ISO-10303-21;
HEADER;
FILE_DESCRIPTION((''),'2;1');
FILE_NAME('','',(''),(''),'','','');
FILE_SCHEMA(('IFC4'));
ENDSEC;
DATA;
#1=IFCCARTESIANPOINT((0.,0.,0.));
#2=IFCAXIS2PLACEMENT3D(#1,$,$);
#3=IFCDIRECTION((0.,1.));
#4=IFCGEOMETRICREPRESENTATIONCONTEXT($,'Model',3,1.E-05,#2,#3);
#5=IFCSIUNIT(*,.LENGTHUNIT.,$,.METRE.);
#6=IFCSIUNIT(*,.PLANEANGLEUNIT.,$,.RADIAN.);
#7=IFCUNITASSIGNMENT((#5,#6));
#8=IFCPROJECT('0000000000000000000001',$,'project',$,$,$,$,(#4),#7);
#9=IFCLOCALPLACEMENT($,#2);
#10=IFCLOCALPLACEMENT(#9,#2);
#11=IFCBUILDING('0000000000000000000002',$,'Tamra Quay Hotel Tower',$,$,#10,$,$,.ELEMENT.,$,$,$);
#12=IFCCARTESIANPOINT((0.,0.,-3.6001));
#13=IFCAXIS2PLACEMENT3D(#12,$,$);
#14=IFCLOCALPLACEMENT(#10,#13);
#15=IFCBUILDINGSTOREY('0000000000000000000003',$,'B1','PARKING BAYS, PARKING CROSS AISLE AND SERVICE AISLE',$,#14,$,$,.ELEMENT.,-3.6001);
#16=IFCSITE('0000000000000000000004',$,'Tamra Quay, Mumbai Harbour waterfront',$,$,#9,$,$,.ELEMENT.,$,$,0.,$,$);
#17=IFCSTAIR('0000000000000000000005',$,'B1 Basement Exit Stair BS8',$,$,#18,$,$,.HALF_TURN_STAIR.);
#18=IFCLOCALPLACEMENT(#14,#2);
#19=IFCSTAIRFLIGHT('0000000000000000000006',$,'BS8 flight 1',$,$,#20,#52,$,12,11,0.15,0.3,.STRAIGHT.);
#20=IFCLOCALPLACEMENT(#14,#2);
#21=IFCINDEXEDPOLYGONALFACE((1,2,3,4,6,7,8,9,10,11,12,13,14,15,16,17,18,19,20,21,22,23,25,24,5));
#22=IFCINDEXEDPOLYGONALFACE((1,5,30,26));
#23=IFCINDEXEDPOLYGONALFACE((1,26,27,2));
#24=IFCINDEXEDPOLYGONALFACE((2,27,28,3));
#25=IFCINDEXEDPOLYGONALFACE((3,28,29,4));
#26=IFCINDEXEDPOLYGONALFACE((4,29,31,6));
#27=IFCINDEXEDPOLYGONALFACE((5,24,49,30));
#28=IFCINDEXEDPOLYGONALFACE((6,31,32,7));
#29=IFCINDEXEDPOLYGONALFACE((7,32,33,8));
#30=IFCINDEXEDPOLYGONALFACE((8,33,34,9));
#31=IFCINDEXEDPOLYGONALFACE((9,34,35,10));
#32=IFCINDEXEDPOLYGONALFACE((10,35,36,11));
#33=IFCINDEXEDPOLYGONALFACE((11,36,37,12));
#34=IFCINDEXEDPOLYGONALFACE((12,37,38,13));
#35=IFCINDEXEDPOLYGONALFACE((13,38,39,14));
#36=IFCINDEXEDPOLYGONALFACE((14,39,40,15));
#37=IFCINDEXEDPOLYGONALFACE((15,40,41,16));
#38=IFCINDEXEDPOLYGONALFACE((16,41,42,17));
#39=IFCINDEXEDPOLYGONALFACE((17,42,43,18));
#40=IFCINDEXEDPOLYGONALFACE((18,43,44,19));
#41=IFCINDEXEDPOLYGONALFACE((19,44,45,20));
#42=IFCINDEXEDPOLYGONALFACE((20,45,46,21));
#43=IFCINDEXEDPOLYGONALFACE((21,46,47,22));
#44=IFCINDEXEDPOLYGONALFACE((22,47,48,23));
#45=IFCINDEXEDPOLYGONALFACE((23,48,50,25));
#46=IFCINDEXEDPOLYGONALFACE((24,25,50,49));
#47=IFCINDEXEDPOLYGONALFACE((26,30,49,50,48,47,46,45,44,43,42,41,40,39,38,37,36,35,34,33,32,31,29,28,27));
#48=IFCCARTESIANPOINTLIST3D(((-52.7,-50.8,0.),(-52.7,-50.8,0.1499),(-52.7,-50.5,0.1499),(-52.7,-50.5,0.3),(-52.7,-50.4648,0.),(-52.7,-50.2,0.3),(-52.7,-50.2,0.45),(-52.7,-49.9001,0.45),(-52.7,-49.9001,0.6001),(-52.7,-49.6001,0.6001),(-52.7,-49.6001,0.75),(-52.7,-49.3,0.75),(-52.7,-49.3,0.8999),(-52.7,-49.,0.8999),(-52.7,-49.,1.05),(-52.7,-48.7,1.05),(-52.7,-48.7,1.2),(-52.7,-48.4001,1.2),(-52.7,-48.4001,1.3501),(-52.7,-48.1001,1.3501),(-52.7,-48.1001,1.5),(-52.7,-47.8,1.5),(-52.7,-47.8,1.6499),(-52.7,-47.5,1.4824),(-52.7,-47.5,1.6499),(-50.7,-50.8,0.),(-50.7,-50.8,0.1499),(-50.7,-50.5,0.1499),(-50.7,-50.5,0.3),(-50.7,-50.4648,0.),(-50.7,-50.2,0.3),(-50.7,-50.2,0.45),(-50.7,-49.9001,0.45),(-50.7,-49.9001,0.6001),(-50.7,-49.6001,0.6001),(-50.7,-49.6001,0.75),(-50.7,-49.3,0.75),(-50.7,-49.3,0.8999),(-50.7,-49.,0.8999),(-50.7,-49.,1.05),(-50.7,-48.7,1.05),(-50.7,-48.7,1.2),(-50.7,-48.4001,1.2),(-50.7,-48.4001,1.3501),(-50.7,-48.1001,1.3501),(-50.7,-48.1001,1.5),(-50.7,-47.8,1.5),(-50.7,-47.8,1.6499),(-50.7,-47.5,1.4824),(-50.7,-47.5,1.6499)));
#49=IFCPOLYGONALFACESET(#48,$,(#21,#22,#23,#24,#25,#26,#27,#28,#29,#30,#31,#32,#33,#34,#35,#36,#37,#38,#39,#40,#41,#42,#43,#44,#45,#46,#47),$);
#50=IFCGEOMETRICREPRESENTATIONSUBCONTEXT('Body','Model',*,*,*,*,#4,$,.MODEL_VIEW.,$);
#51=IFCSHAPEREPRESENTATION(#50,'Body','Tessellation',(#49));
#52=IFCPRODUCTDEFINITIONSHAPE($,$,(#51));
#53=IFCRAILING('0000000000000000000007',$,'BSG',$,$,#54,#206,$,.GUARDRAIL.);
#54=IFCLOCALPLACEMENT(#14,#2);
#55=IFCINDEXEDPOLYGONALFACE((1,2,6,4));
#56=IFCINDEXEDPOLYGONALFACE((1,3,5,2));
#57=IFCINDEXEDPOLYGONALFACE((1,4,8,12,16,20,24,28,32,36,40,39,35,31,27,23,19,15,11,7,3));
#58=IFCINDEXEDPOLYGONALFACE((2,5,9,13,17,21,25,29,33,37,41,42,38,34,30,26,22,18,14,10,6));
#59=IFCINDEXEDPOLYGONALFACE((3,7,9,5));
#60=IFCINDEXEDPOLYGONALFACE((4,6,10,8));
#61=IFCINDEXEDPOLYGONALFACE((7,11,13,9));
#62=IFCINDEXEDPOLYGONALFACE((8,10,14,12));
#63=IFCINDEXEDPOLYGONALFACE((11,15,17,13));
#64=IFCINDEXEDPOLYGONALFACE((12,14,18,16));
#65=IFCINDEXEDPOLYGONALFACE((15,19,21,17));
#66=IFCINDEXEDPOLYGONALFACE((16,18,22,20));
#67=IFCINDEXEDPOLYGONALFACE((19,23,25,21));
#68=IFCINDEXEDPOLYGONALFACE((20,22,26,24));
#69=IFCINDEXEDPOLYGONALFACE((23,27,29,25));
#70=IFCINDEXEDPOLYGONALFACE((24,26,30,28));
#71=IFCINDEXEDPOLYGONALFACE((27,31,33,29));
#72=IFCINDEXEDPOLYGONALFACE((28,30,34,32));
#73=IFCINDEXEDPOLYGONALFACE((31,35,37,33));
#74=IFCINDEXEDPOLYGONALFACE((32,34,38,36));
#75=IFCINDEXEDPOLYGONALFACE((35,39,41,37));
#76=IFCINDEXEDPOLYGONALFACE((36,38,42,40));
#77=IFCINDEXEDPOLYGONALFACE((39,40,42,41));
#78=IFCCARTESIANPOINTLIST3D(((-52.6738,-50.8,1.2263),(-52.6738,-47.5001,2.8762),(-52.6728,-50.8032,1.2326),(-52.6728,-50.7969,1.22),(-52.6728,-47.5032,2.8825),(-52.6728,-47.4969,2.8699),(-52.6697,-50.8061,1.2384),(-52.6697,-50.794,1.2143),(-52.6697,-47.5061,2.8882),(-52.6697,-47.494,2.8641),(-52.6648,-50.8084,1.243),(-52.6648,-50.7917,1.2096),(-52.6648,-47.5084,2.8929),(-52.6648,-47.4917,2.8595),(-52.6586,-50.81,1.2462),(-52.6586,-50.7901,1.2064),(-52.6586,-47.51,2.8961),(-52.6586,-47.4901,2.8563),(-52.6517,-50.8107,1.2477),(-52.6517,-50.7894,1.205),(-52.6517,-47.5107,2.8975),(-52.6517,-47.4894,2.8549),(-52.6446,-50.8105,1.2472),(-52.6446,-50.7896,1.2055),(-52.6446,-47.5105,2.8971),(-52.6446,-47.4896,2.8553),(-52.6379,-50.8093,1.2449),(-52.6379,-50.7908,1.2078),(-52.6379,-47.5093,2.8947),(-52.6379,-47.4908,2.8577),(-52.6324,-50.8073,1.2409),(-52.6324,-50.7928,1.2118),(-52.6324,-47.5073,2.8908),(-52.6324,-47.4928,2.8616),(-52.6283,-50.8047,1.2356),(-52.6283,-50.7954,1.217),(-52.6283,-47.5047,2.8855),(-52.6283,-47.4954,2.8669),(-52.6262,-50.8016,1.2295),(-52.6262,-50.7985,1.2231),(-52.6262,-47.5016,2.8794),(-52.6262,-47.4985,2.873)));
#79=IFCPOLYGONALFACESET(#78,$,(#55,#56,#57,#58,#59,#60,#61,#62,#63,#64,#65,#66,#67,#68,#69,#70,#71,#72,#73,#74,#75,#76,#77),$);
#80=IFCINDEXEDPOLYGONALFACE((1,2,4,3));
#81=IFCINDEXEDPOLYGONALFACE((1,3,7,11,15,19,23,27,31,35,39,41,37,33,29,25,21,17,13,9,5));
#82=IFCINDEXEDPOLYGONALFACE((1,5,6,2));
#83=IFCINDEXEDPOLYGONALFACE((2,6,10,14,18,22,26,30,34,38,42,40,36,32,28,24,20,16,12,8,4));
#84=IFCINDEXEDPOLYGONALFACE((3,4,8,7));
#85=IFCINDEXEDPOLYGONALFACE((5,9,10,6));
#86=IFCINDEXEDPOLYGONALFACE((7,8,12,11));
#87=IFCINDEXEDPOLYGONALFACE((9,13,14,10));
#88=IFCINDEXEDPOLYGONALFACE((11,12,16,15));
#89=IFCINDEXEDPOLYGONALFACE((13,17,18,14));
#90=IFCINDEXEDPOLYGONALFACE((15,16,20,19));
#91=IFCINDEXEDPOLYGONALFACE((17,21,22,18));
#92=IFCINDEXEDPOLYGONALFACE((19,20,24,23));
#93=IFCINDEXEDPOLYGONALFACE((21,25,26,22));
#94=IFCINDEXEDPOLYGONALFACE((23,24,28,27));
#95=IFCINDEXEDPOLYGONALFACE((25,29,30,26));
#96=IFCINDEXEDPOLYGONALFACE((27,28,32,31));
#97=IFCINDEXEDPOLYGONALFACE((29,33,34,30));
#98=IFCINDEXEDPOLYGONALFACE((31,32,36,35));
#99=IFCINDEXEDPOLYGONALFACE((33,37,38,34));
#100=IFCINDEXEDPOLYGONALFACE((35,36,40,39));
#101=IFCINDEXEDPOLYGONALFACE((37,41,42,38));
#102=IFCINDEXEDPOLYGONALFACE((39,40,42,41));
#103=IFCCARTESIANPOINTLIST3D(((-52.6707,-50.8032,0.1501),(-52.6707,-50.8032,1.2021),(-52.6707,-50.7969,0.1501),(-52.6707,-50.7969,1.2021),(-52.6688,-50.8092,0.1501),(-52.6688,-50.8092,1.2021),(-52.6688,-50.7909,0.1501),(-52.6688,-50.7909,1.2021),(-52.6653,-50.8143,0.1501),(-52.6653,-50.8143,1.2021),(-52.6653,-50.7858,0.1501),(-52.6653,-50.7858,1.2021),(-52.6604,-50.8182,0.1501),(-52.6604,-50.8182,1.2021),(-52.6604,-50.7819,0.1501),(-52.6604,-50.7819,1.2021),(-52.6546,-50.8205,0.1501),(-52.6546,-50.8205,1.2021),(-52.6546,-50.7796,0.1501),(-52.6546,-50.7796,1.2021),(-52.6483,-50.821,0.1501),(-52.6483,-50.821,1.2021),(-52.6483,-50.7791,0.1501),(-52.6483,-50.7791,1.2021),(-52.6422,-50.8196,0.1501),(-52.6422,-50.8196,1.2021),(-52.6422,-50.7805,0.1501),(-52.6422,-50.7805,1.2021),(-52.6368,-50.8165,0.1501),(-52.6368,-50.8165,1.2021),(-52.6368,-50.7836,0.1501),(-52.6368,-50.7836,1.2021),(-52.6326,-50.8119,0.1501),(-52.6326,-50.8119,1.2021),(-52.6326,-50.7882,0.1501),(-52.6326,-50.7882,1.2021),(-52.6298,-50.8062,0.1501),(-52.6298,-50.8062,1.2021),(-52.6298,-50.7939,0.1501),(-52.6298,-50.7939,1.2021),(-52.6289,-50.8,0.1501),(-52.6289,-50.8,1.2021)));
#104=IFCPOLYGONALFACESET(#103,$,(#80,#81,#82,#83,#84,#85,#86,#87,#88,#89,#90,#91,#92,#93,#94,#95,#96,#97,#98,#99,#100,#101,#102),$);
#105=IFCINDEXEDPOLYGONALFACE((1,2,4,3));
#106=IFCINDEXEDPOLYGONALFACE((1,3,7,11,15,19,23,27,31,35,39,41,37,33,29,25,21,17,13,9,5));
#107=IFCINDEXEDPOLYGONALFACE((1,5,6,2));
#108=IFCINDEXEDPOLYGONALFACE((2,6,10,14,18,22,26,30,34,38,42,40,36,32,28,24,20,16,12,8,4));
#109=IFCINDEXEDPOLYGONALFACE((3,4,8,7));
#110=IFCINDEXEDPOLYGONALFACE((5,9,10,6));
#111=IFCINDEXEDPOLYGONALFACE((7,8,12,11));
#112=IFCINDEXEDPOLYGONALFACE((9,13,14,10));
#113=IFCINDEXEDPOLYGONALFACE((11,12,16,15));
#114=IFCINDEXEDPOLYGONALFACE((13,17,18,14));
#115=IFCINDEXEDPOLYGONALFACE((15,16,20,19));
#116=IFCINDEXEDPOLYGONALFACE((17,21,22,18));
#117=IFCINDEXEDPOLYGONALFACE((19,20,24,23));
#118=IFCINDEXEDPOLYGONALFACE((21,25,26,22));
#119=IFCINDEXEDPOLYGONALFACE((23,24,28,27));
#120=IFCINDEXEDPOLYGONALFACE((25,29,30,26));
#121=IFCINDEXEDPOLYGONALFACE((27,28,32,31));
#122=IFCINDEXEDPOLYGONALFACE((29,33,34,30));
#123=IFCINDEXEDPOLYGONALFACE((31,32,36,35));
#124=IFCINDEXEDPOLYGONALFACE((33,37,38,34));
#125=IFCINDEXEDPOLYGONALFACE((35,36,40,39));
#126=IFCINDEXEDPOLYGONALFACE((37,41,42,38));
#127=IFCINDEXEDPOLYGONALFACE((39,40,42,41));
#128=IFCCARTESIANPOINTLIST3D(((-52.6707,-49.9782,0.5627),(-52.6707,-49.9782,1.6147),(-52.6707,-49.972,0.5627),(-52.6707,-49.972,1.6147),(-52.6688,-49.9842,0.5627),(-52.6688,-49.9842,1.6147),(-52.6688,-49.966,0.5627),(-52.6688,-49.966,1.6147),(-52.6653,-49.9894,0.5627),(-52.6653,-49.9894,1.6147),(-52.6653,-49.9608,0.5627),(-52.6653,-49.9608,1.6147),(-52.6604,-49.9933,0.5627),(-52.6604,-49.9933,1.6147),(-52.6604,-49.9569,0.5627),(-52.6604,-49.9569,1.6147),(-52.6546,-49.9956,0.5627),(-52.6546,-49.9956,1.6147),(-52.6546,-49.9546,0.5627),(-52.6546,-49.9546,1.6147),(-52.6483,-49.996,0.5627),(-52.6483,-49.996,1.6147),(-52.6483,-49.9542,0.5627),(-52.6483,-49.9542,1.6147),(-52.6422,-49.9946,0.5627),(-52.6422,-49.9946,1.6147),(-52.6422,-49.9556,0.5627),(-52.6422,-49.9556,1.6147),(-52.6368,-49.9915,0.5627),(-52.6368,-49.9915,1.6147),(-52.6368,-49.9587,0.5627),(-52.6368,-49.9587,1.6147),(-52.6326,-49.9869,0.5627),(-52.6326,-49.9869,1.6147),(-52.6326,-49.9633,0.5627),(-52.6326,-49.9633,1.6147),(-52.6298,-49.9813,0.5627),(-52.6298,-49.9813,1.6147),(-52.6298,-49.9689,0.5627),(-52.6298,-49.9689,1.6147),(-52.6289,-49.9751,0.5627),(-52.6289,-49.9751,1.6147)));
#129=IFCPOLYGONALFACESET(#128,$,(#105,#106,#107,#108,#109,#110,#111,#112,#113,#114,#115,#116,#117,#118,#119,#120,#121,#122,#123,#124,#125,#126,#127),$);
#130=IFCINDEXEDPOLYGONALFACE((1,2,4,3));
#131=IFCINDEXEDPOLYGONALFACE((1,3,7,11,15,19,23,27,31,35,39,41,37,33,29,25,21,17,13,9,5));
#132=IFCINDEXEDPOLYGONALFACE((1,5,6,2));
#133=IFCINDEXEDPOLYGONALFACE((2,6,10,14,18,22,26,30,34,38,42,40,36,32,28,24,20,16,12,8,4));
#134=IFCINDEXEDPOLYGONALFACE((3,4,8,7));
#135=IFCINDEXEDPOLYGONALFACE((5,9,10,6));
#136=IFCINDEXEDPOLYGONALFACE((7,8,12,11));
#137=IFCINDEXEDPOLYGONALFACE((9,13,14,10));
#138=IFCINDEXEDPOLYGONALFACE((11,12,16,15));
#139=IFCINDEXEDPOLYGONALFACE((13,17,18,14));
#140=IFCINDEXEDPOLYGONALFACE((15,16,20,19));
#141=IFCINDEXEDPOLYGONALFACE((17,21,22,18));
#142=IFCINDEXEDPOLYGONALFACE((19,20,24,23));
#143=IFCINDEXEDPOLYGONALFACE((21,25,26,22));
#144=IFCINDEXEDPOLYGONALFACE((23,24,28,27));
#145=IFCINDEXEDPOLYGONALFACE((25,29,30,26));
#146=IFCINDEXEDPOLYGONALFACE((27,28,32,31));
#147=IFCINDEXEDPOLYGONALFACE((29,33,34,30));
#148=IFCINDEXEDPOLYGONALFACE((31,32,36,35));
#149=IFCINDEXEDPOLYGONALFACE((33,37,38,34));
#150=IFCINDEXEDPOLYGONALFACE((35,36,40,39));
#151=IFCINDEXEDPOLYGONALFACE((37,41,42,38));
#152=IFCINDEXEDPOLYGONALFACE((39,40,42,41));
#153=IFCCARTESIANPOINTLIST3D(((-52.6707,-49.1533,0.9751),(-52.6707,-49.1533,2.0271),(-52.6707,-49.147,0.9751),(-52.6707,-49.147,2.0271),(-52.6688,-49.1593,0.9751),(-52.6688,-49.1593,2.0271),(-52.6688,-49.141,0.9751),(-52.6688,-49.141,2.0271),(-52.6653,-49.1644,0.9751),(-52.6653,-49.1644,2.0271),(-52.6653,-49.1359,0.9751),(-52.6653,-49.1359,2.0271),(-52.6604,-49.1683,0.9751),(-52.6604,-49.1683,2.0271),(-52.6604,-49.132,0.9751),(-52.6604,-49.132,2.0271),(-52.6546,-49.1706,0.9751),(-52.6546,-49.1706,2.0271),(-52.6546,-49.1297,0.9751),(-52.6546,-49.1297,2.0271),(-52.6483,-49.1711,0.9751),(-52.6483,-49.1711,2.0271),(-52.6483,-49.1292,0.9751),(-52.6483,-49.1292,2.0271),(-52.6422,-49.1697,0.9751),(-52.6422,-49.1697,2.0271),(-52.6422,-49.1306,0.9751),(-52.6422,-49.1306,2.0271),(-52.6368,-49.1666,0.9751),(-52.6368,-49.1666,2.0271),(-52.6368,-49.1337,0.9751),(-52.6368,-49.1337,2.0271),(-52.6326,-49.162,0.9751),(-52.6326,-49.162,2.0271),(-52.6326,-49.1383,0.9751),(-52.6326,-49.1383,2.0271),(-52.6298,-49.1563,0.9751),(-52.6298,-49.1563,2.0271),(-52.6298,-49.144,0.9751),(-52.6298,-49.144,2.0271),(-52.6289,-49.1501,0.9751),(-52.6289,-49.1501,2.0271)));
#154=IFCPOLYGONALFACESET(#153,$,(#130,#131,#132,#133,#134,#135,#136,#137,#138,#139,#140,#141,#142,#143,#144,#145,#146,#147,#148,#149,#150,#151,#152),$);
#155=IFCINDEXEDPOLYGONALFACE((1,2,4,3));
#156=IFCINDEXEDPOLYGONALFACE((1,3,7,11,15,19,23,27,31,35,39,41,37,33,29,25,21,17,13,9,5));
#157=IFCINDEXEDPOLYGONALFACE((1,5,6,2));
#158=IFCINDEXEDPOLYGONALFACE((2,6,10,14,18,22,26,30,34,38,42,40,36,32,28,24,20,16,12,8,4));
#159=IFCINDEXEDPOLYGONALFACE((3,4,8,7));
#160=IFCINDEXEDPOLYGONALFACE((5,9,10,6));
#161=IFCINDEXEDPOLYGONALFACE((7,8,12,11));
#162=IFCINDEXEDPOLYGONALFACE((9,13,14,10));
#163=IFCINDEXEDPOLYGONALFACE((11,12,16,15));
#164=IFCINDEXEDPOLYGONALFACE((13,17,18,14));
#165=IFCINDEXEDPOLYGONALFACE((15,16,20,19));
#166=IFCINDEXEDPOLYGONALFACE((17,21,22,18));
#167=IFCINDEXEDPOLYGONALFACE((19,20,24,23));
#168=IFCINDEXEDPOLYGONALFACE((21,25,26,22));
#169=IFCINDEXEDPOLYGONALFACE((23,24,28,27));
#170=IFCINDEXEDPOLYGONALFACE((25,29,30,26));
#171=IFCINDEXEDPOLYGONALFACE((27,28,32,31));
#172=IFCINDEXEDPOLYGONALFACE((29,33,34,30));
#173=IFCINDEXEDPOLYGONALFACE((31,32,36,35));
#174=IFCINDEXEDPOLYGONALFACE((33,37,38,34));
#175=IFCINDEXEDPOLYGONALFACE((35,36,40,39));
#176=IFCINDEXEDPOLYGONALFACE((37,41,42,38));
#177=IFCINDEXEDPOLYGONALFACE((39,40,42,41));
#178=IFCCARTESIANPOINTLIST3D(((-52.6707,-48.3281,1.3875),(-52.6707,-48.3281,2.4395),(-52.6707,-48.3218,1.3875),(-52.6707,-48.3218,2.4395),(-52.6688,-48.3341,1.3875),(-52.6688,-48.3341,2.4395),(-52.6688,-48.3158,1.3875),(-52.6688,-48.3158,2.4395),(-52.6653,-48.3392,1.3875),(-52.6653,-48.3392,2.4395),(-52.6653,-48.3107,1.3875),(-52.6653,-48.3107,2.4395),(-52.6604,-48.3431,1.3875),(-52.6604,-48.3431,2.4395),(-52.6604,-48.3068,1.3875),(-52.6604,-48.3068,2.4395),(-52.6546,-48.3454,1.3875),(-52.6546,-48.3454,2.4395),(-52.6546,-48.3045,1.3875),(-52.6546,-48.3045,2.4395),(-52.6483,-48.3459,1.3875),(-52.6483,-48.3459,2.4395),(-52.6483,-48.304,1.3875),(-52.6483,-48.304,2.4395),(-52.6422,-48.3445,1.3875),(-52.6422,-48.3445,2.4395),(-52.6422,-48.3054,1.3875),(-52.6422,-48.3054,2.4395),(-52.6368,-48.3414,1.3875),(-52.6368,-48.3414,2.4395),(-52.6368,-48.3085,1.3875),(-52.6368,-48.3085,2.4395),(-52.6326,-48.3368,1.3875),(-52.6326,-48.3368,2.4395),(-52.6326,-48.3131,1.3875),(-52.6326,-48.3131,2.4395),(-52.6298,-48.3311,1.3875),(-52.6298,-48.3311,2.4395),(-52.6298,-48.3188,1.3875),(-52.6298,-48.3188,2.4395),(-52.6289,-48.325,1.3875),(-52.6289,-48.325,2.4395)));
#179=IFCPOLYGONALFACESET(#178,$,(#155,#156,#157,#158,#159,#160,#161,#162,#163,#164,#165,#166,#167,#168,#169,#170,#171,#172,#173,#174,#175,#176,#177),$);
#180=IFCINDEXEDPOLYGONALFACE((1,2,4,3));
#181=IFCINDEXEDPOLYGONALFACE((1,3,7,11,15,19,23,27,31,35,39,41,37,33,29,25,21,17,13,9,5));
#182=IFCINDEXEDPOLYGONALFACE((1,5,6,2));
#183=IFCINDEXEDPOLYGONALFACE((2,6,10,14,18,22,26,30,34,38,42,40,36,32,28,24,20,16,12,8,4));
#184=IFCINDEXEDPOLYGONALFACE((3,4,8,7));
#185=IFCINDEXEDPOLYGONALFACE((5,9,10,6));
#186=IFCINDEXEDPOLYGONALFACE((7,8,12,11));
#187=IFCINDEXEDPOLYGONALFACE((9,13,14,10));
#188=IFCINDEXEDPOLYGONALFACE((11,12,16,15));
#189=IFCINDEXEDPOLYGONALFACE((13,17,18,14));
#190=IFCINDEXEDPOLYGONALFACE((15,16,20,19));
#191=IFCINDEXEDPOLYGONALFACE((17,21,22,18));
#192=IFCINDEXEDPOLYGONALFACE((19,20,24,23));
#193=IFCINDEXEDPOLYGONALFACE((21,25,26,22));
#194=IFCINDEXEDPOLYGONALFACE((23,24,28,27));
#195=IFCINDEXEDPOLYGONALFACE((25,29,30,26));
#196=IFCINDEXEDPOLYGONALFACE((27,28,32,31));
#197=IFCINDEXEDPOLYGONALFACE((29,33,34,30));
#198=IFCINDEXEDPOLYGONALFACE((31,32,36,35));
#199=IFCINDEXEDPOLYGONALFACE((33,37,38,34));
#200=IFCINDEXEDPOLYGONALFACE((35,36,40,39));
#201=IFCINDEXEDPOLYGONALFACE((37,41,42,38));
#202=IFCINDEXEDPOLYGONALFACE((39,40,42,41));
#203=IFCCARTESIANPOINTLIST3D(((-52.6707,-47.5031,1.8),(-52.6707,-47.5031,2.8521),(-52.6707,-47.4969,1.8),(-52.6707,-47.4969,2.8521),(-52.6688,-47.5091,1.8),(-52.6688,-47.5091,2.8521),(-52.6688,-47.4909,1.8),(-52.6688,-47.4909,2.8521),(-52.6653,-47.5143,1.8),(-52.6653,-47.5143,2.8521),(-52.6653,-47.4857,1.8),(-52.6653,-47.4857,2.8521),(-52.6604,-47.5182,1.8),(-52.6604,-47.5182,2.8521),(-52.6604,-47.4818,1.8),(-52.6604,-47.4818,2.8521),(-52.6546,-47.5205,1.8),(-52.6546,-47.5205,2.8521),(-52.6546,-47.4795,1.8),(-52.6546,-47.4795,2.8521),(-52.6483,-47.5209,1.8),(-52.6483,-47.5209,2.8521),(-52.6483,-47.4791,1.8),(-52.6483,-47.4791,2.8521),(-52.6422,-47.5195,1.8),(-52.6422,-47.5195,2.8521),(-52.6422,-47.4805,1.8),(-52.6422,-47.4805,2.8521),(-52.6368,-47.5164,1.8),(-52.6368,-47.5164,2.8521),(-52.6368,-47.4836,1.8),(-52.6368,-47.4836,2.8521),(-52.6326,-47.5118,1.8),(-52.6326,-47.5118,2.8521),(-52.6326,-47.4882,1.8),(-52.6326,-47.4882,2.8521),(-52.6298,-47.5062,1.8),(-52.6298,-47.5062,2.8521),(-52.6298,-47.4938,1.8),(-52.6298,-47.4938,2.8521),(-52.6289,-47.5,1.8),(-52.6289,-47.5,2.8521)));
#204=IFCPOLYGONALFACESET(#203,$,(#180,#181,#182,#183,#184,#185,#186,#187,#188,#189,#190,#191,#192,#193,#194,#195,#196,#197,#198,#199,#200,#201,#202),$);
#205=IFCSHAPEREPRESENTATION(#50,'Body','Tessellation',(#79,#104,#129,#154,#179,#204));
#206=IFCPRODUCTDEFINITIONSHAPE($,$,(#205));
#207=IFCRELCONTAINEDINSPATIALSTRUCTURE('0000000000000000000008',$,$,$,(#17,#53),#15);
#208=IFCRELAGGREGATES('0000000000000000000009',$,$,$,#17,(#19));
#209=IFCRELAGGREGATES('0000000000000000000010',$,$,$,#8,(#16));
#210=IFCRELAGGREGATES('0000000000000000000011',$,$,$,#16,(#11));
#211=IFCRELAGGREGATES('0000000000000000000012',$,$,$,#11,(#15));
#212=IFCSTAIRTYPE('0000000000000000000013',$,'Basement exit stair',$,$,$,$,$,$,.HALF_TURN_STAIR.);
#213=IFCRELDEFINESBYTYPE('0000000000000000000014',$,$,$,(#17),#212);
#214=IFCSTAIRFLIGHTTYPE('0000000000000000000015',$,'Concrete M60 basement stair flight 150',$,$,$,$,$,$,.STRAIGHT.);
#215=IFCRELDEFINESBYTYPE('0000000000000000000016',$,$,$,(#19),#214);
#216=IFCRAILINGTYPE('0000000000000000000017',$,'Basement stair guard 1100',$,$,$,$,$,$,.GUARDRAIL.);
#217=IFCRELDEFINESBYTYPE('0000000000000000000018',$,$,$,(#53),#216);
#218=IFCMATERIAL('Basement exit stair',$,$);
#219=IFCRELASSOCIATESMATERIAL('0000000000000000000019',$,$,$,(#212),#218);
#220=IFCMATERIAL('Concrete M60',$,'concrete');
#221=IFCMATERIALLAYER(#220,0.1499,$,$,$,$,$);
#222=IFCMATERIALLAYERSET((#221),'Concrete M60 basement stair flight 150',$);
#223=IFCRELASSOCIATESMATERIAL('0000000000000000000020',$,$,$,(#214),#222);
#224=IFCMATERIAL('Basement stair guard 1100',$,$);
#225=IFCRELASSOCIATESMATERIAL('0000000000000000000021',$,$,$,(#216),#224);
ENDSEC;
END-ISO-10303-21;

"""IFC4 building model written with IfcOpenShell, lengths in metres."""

from ifc_helpers import new_model, si_unit, direction, frame, origin, origin_2d, place, context, subcontext, project, spatial, polyline, circle, outline, extrude, material, layer, layer_set, type_object, element, aggregate, save


model = new_model("IFC4")

# Units and contexts
model_context = context("Model", 3, precision=1e-05, world=origin(), true_north=direction((0.0, 1.0)))
body_context = subcontext(model_context, "Body", "Model", "MODEL_VIEW")
ifc_project = project(units=[si_unit("LENGTHUNIT", "METRE"), si_unit("PLANEANGLEUNIT", "RADIAN")], contexts=[model_context])

# Site, building, storey
site_placement = place(None, origin())
site = spatial("IfcSite", under=ifc_project, at=site_placement, Name="Tamra Quay, Mumbai Harbour waterfront", CompositionType="ELEMENT", RefElevation=0.0)
building_placement = place(site_placement, origin())
building = spatial("IfcBuilding", under=site, at=building_placement, Name="Tamra Quay Hotel Tower", CompositionType="ELEMENT")
storey_placement = place(building_placement, frame((0.0, 0.0, -3.6001)))
storey = spatial("IfcBuildingStorey", under=building, at=storey_placement, Name="B1", Description="PARKING BAYS, PARKING CROSS AISLE AND SERVICE AISLE", CompositionType="ELEMENT", Elevation=-3.6001)

# Stair, stair flight
ifc_material_1 = material(Name="Basement exit stair")
stair_type = type_object("IfcStairType", Name="Basement exit stair", PredefinedType="HALF_TURN_STAIR", material=ifc_material_1)
stair_placement = place(storey_placement, origin())
stair = element("IfcStair", 1, at=stair_placement, inside=storey, type_object=stair_type, Name="B1 Basement Exit Stair BS8", PredefinedType="HALF_TURN_STAIR")
ifc_material_2 = material(Name="Concrete M60", Category="concrete")
ifc_layer_1 = layer(ifc_material_2, 0.1499)
ifc_layer_set_1 = layer_set([ifc_layer_1], Name="Concrete M60 basement stair flight 150")
stair_flight_type = type_object("IfcStairFlightType", Name="Concrete M60 basement stair flight 150", PredefinedType="STRAIGHT", material=ifc_layer_set_1)
stair_flight_placement = place(storey_placement, frame((-51.7, -50.8, 0.0), z_axis=(0.0, 0.0, 1.0), x_axis=(0.0, 1.0, 0.0)))
stair_flight = element("IfcStairFlight", 2, at=stair_flight_placement, type_object=stair_flight_type, Name="BS8 flight 1", NumberOfRisers=12, NumberOfTreads=11, PredefinedType="STRAIGHT", RiserHeight=0.15, TreadLength=0.3, context=body_context, shape_type="SweptSolid", body=[
    extrude(outline(polyline([(0.0, 0.0), (0.0, 0.1499), (0.3, 0.1499), (0.3, 0.3), (0.6001, 0.3), (0.6001, 0.45), (0.8999, 0.45), (0.8999, 0.6001), (1.2, 0.6001), (1.2, 0.75), (1.5, 0.75), (1.5, 0.8999), (1.8, 0.8999), (1.8, 1.05), (2.1001, 1.05), (2.1001, 1.2), (2.3999, 1.2), (2.3999, 1.3501), (2.7, 1.3501), (2.7, 1.5), (3.0, 1.5), (3.0, 1.6499), (3.3, 1.6499), (3.3, 1.8), (3.3, 1.4824), (0.3352, 0.0), (0.0, 0.0)])), frame((0.0, 1.0, 0.0), z_axis=(0.0, -1.0, 0.0), x_axis=(1.0, 0.0, 0.0)), (0.0, 0.0, 1.0), 2.0),
])
aggregate(stair, [stair_flight])

# Railing
ifc_material_3 = material(Name="Basement stair guard 1100")
railing_type_1 = type_object("IfcRailingType", Name="Basement stair guard 1100", PredefinedType="GUARDRAIL", material=ifc_material_3)
railing_1_placement = place(storey_placement, frame((-52.6499, -50.8, 0.1501)))
element("IfcRailing", 3, at=railing_1_placement, inside=storey, type_object=railing_type_1, Name="BSG", PredefinedType="GUARDRAIL", context=body_context, shape_type="SweptSolid", body=[
    extrude(circle(Radius=0.0239, at=origin_2d()), frame((0.0, 0.0, 1.0762), z_axis=(0.0, 0.89444, 0.447187), x_axis=(-1.0, 0.0, 0.0)), (0.0, 0.0, 1.0), 3.6895),
    extrude(circle(Radius=0.021, at=origin_2d()), origin(), (0.0, 0.0, 1.0), 1.052),
    extrude(circle(Radius=0.021, at=origin_2d()), frame((0.0, 0.825, 0.4126)), (0.0, 0.0, 1.0), 1.052),
    extrude(circle(Radius=0.021, at=origin_2d()), frame((0.0, 1.6499, 0.825)), (0.0, 0.0, 1.0), 1.052),
    extrude(circle(Radius=0.021, at=origin_2d()), frame((0.0, 2.4751, 1.2373)), (0.0, 0.0, 1.0), 1.052),
    extrude(circle(Radius=0.021, at=origin_2d()), frame((0.0, 3.3, 1.6499)), (0.0, 0.0, 1.0), 1.052),
])

save(model, "model.ifc")
